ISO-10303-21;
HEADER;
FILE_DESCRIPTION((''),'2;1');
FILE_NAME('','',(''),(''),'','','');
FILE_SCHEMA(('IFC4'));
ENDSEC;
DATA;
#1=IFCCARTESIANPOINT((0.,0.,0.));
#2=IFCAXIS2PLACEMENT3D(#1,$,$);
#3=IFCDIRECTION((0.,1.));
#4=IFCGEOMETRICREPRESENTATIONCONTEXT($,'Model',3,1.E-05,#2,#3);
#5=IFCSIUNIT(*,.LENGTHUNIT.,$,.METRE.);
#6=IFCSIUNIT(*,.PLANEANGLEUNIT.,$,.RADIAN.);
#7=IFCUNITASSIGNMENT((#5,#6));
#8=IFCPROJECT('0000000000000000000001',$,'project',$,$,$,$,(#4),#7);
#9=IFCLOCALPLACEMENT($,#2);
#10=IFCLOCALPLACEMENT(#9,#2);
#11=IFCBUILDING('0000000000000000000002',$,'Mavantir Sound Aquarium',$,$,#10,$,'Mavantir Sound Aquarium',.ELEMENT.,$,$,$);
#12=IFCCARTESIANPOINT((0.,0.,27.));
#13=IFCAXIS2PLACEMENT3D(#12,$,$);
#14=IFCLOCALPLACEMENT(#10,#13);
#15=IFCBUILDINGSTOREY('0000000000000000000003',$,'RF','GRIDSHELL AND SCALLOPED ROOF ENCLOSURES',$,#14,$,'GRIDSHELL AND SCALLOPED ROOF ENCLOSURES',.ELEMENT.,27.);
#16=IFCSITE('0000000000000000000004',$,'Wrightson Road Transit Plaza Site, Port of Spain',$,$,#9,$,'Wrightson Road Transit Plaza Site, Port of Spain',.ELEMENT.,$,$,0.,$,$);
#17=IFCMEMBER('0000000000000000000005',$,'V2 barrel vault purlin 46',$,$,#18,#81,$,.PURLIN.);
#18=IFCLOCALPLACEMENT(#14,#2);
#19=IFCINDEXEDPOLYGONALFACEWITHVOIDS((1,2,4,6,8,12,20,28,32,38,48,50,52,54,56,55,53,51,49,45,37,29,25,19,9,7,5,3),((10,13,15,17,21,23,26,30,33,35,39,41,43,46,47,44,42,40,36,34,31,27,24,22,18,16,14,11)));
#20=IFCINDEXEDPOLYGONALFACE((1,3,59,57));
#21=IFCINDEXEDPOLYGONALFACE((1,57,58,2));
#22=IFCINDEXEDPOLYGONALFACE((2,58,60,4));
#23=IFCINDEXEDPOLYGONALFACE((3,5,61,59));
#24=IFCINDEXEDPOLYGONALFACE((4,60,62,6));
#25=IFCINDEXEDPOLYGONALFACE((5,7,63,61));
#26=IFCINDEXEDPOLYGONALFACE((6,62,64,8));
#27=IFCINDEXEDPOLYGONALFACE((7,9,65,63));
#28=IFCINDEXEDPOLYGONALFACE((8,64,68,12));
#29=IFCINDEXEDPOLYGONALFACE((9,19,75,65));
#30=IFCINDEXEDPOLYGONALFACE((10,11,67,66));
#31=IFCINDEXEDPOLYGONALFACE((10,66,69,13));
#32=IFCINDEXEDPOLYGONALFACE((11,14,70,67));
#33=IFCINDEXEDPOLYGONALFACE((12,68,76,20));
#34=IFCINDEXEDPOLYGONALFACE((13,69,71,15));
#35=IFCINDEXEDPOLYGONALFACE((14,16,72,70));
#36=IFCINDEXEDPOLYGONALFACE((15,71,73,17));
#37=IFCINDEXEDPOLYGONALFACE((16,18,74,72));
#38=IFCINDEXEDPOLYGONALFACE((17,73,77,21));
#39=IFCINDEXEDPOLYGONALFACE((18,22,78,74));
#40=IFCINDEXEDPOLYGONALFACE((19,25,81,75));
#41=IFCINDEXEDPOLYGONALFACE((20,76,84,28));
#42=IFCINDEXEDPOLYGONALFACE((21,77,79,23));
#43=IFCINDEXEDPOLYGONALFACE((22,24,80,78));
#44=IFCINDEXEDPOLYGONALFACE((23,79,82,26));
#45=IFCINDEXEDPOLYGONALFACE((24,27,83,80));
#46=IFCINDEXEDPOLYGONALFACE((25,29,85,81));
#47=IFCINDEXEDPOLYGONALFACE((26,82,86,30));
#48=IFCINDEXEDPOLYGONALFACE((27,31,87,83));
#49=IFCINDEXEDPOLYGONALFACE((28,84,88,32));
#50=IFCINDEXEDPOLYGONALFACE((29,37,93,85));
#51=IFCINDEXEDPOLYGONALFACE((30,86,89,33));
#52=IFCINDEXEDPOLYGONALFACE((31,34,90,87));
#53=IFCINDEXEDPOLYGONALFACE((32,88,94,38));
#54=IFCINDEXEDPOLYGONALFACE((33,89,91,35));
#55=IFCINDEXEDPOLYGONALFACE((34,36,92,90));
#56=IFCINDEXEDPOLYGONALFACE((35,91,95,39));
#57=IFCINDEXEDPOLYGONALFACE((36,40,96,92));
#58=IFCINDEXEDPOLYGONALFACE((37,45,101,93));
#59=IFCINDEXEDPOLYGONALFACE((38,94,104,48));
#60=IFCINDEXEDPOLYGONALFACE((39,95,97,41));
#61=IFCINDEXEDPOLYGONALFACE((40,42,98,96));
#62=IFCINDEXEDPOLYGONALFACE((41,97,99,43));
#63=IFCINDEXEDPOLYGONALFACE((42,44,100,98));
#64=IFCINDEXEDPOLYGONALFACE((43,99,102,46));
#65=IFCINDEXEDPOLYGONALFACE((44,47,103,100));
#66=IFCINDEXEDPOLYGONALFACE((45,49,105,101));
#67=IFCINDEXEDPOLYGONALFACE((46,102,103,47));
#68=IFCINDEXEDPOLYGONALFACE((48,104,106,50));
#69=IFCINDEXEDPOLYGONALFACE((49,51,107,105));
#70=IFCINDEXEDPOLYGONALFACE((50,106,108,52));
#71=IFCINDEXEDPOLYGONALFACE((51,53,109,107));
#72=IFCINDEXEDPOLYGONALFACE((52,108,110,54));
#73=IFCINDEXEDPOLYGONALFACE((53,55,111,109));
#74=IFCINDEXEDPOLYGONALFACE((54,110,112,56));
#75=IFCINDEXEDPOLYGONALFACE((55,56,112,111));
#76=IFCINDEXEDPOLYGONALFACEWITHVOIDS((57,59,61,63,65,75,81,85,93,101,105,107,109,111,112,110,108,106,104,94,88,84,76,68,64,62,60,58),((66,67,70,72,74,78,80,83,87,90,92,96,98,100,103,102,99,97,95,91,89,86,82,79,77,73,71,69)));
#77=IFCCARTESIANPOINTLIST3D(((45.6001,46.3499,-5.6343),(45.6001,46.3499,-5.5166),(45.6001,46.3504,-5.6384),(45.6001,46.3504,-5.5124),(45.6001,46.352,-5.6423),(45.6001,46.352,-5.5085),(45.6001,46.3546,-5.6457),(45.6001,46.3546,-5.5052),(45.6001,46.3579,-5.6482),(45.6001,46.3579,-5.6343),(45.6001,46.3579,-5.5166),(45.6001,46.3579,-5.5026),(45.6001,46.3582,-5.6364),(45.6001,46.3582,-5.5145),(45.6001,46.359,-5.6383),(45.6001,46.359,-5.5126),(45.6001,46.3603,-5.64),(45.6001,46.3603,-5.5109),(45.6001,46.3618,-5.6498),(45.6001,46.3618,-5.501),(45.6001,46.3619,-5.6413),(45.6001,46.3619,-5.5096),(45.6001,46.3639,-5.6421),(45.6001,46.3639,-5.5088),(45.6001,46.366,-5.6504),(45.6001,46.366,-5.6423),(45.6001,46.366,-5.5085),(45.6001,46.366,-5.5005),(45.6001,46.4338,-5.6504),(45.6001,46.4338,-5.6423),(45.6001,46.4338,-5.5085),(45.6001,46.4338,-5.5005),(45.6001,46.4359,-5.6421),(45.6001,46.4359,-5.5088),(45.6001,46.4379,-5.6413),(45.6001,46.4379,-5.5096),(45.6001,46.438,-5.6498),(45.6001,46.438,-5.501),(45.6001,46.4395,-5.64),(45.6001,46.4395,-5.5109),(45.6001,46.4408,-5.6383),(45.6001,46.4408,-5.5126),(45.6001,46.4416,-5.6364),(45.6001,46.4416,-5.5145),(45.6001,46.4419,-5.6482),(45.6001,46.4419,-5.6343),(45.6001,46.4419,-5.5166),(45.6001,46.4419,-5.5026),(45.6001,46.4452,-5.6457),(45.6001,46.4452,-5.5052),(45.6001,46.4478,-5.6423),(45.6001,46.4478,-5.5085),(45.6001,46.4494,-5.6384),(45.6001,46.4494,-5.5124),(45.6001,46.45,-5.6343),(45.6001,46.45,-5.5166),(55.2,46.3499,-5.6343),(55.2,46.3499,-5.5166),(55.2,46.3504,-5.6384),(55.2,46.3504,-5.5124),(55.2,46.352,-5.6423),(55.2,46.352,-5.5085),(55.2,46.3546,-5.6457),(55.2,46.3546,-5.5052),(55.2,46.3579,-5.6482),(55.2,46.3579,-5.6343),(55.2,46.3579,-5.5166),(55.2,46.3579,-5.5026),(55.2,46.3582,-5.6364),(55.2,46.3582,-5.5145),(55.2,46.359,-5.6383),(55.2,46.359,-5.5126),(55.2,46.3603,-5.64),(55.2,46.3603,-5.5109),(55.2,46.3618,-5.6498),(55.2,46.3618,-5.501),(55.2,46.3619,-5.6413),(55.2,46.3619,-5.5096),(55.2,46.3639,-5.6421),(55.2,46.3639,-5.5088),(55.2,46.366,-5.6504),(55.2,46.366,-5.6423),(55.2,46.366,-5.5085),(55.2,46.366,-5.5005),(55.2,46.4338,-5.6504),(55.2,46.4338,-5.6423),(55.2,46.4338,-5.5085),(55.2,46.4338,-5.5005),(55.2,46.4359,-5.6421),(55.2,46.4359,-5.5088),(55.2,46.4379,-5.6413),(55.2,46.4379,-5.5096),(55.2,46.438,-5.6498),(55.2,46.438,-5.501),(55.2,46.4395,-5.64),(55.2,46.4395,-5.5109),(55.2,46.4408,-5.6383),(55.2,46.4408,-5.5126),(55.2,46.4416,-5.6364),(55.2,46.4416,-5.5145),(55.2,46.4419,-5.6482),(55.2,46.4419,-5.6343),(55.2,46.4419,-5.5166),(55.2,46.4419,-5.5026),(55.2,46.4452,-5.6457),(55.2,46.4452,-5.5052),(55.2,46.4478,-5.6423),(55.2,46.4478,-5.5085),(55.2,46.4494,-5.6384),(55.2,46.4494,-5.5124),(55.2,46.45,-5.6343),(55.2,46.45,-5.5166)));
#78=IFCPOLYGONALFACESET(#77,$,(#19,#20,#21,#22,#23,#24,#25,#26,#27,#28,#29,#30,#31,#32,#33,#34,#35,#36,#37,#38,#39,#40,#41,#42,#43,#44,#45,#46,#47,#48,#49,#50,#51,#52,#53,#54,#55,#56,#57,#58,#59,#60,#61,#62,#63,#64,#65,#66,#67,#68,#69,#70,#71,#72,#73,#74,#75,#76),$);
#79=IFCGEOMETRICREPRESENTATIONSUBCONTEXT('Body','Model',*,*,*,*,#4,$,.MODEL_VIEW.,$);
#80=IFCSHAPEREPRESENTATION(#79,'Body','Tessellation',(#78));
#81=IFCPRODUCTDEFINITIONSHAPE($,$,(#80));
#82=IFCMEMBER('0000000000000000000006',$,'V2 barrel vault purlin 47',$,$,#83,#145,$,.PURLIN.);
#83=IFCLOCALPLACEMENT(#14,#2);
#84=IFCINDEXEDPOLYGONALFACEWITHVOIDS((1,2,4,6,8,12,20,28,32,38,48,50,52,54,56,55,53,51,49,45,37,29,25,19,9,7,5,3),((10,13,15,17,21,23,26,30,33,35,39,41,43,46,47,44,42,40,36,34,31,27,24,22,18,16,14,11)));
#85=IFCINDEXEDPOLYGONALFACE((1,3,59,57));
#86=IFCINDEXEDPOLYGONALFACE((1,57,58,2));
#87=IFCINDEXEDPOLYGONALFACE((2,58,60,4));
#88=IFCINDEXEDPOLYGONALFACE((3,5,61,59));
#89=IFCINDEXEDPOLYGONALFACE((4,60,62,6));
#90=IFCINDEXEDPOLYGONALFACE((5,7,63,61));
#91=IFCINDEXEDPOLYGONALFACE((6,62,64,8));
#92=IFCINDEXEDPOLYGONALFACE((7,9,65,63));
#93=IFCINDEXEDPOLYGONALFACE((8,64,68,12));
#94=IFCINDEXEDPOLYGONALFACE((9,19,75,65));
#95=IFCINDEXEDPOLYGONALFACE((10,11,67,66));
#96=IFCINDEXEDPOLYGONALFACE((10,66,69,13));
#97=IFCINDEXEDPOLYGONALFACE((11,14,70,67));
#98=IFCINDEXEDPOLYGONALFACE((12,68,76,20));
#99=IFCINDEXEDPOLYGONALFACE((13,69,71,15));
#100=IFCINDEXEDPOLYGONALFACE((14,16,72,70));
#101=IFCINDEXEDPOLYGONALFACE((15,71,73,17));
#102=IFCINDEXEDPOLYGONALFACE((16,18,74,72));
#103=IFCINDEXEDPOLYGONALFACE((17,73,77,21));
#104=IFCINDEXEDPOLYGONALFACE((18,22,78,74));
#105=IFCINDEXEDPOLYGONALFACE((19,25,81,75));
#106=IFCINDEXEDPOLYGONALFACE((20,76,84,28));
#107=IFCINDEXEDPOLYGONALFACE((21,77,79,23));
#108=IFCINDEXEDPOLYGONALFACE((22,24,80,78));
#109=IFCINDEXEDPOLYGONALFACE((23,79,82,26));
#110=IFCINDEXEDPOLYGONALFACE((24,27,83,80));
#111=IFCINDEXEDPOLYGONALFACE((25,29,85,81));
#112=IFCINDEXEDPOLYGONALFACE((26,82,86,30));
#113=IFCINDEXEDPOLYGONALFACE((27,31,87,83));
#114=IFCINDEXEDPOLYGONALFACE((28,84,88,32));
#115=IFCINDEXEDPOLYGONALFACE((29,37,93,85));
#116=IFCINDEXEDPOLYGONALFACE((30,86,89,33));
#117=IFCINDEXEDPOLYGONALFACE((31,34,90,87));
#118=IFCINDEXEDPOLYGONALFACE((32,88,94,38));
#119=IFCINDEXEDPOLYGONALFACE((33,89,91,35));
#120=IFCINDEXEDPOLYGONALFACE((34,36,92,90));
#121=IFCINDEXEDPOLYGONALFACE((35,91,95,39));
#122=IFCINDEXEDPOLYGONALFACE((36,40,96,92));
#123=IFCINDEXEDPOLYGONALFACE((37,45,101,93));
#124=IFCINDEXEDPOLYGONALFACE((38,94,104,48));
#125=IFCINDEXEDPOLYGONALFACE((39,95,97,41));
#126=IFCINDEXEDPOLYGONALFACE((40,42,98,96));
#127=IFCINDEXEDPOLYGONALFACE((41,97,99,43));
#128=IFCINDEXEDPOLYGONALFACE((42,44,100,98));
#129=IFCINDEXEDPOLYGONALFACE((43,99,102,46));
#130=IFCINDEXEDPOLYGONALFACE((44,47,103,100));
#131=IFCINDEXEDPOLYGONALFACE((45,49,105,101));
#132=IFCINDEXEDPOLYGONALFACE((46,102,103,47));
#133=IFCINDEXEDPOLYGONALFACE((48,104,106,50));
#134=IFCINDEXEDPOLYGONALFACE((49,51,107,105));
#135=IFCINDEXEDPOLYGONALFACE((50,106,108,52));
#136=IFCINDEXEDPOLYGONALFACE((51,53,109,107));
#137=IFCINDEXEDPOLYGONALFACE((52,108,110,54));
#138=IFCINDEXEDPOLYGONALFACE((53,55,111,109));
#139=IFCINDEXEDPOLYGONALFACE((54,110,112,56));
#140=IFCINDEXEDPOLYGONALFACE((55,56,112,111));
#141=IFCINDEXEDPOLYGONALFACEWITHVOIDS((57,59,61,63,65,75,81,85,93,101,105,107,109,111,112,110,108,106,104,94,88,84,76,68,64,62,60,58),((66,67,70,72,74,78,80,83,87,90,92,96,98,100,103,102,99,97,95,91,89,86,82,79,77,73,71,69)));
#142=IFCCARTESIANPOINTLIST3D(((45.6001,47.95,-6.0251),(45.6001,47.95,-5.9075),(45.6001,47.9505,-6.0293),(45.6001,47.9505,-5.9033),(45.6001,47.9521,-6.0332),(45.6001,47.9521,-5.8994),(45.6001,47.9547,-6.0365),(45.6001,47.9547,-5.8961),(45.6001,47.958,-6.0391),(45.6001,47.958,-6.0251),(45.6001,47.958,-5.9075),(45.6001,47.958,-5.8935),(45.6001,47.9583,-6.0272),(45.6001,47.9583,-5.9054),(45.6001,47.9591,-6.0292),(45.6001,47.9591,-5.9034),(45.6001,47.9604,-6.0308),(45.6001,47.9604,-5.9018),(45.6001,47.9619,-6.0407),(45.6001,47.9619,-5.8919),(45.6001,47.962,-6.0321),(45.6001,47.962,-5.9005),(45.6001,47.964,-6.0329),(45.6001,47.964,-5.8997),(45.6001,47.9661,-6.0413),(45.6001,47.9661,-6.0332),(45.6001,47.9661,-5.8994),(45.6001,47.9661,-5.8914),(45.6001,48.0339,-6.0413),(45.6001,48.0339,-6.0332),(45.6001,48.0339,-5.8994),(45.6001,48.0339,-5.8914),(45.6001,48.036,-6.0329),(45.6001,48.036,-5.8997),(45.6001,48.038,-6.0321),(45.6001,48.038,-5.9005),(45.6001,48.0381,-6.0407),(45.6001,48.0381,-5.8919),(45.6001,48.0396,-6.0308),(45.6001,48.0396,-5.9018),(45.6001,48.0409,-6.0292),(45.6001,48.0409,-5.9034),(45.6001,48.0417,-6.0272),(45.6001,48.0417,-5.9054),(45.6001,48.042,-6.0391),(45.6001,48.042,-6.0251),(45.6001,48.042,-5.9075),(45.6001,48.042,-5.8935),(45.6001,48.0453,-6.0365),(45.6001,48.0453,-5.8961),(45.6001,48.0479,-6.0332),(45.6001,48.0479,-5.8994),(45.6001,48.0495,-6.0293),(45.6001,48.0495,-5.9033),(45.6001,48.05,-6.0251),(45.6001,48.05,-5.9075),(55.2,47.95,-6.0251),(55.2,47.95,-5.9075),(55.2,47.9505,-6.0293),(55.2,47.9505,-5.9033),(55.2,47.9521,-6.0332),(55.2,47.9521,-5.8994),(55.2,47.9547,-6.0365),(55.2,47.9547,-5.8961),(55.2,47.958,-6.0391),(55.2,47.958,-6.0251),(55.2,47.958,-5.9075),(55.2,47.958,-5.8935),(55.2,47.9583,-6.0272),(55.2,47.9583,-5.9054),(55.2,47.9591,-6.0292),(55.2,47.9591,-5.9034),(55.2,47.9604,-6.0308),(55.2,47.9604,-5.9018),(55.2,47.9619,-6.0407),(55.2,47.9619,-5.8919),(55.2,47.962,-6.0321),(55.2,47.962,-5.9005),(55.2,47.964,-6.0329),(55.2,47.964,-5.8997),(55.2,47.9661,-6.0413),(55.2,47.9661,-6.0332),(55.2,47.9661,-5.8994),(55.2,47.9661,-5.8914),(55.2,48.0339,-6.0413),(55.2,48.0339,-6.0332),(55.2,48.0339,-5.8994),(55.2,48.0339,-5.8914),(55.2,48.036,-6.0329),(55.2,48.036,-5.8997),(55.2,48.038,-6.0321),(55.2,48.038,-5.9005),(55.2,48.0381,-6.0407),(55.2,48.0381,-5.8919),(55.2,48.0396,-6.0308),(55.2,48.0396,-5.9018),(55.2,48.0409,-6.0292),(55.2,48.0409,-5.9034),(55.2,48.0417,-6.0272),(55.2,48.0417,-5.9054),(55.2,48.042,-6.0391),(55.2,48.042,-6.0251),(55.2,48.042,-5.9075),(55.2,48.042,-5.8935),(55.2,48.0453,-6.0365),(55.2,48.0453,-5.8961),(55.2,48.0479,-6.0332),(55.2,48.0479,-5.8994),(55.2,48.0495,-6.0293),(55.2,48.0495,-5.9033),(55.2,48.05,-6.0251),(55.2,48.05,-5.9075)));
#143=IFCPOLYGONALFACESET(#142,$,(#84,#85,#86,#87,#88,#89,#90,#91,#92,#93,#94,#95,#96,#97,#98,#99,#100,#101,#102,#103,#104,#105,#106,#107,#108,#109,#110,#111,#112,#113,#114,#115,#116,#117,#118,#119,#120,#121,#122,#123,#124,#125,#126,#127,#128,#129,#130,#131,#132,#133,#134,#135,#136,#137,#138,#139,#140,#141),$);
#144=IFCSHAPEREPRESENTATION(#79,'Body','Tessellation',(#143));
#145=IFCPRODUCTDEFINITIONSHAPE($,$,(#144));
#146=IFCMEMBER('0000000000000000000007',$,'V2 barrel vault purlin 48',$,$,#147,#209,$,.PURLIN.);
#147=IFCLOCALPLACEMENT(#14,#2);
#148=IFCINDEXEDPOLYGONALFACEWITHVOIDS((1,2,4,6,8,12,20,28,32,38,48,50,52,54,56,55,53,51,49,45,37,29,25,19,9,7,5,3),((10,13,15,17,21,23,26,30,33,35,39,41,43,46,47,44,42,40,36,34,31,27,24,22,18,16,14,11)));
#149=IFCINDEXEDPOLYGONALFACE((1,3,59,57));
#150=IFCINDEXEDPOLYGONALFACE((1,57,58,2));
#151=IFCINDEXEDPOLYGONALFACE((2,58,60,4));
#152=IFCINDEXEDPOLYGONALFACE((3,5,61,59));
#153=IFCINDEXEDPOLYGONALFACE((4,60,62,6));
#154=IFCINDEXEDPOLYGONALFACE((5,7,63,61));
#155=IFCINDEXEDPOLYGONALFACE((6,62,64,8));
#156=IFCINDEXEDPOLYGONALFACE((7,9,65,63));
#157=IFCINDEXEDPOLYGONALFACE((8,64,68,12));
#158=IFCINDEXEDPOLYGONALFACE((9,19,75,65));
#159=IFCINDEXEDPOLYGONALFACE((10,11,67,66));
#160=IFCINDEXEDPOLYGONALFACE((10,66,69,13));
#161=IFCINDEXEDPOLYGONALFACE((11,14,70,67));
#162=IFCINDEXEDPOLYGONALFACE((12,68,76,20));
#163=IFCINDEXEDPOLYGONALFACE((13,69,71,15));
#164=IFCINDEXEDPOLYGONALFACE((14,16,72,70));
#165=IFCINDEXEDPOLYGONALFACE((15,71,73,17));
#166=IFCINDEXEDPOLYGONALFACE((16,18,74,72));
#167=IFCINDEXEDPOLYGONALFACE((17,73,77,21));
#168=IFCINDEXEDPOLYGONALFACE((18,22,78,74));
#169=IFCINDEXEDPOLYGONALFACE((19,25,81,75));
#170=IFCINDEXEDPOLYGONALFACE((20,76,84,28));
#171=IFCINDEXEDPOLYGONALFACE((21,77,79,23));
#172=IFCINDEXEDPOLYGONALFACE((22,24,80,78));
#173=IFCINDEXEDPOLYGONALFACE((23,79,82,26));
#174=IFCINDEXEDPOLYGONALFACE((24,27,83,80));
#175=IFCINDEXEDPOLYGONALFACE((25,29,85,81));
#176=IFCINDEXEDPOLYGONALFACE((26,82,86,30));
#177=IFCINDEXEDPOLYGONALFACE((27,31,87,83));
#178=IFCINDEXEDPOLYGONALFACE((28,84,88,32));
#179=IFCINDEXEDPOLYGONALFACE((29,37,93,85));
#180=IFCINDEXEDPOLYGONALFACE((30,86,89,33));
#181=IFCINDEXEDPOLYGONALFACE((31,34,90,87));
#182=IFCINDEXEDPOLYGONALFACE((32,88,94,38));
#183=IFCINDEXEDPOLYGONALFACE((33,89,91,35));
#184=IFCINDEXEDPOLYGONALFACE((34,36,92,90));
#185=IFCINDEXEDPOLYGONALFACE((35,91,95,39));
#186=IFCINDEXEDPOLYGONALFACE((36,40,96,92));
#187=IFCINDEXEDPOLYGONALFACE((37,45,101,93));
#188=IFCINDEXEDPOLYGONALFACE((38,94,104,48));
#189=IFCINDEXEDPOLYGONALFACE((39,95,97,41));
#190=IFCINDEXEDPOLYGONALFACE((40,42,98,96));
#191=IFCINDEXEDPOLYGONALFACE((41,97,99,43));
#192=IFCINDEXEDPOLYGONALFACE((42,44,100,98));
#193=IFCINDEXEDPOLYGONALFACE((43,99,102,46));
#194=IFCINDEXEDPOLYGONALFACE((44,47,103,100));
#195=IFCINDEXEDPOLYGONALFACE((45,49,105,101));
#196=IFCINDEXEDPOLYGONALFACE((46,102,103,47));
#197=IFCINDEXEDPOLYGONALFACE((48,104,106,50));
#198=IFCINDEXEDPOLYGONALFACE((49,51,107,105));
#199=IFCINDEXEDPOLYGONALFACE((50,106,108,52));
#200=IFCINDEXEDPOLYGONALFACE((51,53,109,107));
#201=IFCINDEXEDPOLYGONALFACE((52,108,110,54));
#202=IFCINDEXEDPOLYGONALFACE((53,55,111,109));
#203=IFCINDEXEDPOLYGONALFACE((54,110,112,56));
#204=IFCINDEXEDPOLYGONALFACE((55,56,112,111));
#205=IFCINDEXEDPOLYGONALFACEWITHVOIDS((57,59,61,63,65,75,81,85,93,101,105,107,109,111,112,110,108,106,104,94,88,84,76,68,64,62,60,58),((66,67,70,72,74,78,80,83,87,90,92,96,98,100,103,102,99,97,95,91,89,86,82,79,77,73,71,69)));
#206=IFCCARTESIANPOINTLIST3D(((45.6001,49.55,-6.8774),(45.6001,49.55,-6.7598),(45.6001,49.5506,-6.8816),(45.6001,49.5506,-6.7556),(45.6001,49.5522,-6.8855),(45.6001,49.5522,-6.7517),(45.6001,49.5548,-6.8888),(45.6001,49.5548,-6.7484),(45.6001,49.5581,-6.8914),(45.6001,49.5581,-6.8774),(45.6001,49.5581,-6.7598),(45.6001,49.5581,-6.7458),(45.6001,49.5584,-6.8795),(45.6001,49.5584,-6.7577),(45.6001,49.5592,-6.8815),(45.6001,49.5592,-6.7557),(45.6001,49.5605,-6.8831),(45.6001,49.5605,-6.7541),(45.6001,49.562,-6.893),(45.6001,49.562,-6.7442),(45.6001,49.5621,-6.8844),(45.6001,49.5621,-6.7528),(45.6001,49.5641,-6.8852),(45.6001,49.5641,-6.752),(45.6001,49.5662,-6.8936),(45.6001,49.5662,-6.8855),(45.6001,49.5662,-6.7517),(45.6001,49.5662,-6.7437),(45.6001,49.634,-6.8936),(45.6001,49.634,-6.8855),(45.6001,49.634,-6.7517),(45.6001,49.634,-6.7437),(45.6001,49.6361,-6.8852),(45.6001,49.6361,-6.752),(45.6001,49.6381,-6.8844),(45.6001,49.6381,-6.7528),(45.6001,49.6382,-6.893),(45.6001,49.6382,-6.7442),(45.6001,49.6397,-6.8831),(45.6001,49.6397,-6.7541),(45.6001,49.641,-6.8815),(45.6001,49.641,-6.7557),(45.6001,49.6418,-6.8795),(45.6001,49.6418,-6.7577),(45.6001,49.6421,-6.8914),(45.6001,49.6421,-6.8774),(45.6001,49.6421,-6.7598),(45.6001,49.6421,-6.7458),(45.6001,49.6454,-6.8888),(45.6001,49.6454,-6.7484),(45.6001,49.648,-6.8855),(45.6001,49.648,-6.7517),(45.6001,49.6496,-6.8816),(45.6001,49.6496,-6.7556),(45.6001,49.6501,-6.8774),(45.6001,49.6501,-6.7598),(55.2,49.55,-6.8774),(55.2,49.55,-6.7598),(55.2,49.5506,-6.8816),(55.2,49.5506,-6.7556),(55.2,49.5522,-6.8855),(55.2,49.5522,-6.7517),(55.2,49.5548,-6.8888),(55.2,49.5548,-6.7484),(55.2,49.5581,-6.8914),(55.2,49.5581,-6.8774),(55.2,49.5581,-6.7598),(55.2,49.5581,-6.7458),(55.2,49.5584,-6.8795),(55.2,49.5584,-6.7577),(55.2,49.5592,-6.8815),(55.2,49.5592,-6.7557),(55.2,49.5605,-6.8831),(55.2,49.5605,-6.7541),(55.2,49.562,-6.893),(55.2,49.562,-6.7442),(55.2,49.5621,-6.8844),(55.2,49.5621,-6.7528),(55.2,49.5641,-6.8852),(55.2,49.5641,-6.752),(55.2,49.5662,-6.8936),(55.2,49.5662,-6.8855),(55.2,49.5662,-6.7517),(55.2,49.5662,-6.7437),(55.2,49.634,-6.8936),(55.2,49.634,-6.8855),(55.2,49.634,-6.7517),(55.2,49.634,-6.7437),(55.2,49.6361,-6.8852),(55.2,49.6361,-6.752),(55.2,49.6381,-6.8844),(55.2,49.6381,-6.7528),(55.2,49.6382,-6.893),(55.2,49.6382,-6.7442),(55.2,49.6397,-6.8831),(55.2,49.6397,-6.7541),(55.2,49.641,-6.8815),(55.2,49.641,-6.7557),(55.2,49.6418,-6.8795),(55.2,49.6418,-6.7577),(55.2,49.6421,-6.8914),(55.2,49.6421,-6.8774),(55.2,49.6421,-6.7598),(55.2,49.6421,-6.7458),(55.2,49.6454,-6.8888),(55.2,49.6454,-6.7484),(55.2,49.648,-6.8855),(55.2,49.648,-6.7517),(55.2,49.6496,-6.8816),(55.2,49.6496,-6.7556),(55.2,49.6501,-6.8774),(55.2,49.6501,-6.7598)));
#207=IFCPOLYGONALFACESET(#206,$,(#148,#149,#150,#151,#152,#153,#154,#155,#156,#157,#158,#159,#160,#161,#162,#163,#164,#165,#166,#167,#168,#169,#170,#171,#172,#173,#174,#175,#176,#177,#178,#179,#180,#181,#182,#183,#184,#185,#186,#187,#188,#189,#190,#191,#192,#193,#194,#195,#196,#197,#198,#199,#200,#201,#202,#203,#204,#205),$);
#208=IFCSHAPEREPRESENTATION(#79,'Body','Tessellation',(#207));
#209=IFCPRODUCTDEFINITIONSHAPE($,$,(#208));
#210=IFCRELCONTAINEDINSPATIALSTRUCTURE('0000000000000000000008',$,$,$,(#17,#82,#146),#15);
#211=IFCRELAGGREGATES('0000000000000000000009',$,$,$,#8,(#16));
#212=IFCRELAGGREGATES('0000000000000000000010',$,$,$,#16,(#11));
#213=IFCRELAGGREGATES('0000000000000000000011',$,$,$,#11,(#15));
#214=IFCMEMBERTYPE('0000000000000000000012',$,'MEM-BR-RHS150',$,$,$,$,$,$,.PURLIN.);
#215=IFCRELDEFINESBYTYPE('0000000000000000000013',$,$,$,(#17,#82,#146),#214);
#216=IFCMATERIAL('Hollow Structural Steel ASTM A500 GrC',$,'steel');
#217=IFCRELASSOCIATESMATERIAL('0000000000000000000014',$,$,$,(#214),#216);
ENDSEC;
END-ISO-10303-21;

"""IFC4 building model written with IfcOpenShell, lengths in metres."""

from ifc_helpers import new_model, si_unit, direction, frame, origin, origin_2d, place, context, subcontext, project, spatial, hollow_rectangle, extrude, material, material_profile, profile_set, type_object, element, save


model = new_model("IFC4")

# Units and contexts
model_context = context("Model", 3, precision=1e-05, world=origin(), true_north=direction((0.0, 1.0)))
body_context = subcontext(model_context, "Body", "Model", "MODEL_VIEW")
ifc_project = project(units=[si_unit("LENGTHUNIT", "METRE"), si_unit("PLANEANGLEUNIT", "RADIAN")], contexts=[model_context])

# Site, building, storey
site_placement = place(None, origin())
site = spatial("IfcSite", under=ifc_project, at=site_placement, Name="Wrightson Road Transit Plaza Site, Port of Spain", LongName="Wrightson Road Transit Plaza Site, Port of Spain", CompositionType="ELEMENT", RefElevation=0.0)
building_placement = place(site_placement, origin())
building = spatial("IfcBuilding", under=site, at=building_placement, Name="Mavantir Sound Aquarium", LongName="Mavantir Sound Aquarium", CompositionType="ELEMENT")
storey_placement = place(building_placement, frame((0.0, 0.0, 27.0)))
storey = spatial("IfcBuildingStorey", under=building, at=storey_placement, Name="RF", Description="GRIDSHELL AND SCALLOPED ROOF ENCLOSURES", LongName="GRIDSHELL AND SCALLOPED ROOF ENCLOSURES", CompositionType="ELEMENT", Elevation=27.0)

# Members
ifc_material_1 = material(Name="Hollow Structural Steel ASTM A500 GrC", Category="steel")
ifc_material_profile_1 = material_profile(ifc_material_1, hollow_rectangle(XDim=0.1001, YDim=0.1499, WallThickness=0.0081, InnerFilletRadius=0.0081, OuterFilletRadius=0.0161, at=origin_2d()), Name="RHS 150X100X8")
ifc_profile_set_1 = profile_set([ifc_material_profile_1], Name="Hollow Structural Steel ASTM A500 GrC")
member_type_1 = type_object("IfcMemberType", Name="MEM-BR-RHS150", PredefinedType="PURLIN", material=ifc_profile_set_1)
for number, where, z_axis, x_axis, name in (
    (1, (45.6001, 46.3999, -5.5754), (1.0, 0.0, 0.0), (0.0, 1.0, 0.0), "V2 barrel vault purlin 46"),
    (2, (45.6001, 48.0, -5.9663), (1.0, 0.0, 0.0), (0.0, 1.0, 0.0), "V2 barrel vault purlin 47"),
    (3, (45.6001, 49.6001, -6.8186), (1.0, 0.0, 0.0), (0.0, 1.0, 0.0), "V2 barrel vault purlin 48"),
):
    element("IfcMember", number, at=place(storey_placement, frame(where, z_axis=z_axis, x_axis=x_axis)), inside=storey, type_object=member_type_1, Name=name, PredefinedType="PURLIN", context=body_context, shape_type="SweptSolid", body=[
        extrude(hollow_rectangle(XDim=0.1001, YDim=0.1499, WallThickness=0.0081, InnerFilletRadius=0.0081, OuterFilletRadius=0.0161, at=origin_2d()), origin(), (0.0, 0.0, 1.0), 9.5999),
    ])

save(model, "model.ifc")
